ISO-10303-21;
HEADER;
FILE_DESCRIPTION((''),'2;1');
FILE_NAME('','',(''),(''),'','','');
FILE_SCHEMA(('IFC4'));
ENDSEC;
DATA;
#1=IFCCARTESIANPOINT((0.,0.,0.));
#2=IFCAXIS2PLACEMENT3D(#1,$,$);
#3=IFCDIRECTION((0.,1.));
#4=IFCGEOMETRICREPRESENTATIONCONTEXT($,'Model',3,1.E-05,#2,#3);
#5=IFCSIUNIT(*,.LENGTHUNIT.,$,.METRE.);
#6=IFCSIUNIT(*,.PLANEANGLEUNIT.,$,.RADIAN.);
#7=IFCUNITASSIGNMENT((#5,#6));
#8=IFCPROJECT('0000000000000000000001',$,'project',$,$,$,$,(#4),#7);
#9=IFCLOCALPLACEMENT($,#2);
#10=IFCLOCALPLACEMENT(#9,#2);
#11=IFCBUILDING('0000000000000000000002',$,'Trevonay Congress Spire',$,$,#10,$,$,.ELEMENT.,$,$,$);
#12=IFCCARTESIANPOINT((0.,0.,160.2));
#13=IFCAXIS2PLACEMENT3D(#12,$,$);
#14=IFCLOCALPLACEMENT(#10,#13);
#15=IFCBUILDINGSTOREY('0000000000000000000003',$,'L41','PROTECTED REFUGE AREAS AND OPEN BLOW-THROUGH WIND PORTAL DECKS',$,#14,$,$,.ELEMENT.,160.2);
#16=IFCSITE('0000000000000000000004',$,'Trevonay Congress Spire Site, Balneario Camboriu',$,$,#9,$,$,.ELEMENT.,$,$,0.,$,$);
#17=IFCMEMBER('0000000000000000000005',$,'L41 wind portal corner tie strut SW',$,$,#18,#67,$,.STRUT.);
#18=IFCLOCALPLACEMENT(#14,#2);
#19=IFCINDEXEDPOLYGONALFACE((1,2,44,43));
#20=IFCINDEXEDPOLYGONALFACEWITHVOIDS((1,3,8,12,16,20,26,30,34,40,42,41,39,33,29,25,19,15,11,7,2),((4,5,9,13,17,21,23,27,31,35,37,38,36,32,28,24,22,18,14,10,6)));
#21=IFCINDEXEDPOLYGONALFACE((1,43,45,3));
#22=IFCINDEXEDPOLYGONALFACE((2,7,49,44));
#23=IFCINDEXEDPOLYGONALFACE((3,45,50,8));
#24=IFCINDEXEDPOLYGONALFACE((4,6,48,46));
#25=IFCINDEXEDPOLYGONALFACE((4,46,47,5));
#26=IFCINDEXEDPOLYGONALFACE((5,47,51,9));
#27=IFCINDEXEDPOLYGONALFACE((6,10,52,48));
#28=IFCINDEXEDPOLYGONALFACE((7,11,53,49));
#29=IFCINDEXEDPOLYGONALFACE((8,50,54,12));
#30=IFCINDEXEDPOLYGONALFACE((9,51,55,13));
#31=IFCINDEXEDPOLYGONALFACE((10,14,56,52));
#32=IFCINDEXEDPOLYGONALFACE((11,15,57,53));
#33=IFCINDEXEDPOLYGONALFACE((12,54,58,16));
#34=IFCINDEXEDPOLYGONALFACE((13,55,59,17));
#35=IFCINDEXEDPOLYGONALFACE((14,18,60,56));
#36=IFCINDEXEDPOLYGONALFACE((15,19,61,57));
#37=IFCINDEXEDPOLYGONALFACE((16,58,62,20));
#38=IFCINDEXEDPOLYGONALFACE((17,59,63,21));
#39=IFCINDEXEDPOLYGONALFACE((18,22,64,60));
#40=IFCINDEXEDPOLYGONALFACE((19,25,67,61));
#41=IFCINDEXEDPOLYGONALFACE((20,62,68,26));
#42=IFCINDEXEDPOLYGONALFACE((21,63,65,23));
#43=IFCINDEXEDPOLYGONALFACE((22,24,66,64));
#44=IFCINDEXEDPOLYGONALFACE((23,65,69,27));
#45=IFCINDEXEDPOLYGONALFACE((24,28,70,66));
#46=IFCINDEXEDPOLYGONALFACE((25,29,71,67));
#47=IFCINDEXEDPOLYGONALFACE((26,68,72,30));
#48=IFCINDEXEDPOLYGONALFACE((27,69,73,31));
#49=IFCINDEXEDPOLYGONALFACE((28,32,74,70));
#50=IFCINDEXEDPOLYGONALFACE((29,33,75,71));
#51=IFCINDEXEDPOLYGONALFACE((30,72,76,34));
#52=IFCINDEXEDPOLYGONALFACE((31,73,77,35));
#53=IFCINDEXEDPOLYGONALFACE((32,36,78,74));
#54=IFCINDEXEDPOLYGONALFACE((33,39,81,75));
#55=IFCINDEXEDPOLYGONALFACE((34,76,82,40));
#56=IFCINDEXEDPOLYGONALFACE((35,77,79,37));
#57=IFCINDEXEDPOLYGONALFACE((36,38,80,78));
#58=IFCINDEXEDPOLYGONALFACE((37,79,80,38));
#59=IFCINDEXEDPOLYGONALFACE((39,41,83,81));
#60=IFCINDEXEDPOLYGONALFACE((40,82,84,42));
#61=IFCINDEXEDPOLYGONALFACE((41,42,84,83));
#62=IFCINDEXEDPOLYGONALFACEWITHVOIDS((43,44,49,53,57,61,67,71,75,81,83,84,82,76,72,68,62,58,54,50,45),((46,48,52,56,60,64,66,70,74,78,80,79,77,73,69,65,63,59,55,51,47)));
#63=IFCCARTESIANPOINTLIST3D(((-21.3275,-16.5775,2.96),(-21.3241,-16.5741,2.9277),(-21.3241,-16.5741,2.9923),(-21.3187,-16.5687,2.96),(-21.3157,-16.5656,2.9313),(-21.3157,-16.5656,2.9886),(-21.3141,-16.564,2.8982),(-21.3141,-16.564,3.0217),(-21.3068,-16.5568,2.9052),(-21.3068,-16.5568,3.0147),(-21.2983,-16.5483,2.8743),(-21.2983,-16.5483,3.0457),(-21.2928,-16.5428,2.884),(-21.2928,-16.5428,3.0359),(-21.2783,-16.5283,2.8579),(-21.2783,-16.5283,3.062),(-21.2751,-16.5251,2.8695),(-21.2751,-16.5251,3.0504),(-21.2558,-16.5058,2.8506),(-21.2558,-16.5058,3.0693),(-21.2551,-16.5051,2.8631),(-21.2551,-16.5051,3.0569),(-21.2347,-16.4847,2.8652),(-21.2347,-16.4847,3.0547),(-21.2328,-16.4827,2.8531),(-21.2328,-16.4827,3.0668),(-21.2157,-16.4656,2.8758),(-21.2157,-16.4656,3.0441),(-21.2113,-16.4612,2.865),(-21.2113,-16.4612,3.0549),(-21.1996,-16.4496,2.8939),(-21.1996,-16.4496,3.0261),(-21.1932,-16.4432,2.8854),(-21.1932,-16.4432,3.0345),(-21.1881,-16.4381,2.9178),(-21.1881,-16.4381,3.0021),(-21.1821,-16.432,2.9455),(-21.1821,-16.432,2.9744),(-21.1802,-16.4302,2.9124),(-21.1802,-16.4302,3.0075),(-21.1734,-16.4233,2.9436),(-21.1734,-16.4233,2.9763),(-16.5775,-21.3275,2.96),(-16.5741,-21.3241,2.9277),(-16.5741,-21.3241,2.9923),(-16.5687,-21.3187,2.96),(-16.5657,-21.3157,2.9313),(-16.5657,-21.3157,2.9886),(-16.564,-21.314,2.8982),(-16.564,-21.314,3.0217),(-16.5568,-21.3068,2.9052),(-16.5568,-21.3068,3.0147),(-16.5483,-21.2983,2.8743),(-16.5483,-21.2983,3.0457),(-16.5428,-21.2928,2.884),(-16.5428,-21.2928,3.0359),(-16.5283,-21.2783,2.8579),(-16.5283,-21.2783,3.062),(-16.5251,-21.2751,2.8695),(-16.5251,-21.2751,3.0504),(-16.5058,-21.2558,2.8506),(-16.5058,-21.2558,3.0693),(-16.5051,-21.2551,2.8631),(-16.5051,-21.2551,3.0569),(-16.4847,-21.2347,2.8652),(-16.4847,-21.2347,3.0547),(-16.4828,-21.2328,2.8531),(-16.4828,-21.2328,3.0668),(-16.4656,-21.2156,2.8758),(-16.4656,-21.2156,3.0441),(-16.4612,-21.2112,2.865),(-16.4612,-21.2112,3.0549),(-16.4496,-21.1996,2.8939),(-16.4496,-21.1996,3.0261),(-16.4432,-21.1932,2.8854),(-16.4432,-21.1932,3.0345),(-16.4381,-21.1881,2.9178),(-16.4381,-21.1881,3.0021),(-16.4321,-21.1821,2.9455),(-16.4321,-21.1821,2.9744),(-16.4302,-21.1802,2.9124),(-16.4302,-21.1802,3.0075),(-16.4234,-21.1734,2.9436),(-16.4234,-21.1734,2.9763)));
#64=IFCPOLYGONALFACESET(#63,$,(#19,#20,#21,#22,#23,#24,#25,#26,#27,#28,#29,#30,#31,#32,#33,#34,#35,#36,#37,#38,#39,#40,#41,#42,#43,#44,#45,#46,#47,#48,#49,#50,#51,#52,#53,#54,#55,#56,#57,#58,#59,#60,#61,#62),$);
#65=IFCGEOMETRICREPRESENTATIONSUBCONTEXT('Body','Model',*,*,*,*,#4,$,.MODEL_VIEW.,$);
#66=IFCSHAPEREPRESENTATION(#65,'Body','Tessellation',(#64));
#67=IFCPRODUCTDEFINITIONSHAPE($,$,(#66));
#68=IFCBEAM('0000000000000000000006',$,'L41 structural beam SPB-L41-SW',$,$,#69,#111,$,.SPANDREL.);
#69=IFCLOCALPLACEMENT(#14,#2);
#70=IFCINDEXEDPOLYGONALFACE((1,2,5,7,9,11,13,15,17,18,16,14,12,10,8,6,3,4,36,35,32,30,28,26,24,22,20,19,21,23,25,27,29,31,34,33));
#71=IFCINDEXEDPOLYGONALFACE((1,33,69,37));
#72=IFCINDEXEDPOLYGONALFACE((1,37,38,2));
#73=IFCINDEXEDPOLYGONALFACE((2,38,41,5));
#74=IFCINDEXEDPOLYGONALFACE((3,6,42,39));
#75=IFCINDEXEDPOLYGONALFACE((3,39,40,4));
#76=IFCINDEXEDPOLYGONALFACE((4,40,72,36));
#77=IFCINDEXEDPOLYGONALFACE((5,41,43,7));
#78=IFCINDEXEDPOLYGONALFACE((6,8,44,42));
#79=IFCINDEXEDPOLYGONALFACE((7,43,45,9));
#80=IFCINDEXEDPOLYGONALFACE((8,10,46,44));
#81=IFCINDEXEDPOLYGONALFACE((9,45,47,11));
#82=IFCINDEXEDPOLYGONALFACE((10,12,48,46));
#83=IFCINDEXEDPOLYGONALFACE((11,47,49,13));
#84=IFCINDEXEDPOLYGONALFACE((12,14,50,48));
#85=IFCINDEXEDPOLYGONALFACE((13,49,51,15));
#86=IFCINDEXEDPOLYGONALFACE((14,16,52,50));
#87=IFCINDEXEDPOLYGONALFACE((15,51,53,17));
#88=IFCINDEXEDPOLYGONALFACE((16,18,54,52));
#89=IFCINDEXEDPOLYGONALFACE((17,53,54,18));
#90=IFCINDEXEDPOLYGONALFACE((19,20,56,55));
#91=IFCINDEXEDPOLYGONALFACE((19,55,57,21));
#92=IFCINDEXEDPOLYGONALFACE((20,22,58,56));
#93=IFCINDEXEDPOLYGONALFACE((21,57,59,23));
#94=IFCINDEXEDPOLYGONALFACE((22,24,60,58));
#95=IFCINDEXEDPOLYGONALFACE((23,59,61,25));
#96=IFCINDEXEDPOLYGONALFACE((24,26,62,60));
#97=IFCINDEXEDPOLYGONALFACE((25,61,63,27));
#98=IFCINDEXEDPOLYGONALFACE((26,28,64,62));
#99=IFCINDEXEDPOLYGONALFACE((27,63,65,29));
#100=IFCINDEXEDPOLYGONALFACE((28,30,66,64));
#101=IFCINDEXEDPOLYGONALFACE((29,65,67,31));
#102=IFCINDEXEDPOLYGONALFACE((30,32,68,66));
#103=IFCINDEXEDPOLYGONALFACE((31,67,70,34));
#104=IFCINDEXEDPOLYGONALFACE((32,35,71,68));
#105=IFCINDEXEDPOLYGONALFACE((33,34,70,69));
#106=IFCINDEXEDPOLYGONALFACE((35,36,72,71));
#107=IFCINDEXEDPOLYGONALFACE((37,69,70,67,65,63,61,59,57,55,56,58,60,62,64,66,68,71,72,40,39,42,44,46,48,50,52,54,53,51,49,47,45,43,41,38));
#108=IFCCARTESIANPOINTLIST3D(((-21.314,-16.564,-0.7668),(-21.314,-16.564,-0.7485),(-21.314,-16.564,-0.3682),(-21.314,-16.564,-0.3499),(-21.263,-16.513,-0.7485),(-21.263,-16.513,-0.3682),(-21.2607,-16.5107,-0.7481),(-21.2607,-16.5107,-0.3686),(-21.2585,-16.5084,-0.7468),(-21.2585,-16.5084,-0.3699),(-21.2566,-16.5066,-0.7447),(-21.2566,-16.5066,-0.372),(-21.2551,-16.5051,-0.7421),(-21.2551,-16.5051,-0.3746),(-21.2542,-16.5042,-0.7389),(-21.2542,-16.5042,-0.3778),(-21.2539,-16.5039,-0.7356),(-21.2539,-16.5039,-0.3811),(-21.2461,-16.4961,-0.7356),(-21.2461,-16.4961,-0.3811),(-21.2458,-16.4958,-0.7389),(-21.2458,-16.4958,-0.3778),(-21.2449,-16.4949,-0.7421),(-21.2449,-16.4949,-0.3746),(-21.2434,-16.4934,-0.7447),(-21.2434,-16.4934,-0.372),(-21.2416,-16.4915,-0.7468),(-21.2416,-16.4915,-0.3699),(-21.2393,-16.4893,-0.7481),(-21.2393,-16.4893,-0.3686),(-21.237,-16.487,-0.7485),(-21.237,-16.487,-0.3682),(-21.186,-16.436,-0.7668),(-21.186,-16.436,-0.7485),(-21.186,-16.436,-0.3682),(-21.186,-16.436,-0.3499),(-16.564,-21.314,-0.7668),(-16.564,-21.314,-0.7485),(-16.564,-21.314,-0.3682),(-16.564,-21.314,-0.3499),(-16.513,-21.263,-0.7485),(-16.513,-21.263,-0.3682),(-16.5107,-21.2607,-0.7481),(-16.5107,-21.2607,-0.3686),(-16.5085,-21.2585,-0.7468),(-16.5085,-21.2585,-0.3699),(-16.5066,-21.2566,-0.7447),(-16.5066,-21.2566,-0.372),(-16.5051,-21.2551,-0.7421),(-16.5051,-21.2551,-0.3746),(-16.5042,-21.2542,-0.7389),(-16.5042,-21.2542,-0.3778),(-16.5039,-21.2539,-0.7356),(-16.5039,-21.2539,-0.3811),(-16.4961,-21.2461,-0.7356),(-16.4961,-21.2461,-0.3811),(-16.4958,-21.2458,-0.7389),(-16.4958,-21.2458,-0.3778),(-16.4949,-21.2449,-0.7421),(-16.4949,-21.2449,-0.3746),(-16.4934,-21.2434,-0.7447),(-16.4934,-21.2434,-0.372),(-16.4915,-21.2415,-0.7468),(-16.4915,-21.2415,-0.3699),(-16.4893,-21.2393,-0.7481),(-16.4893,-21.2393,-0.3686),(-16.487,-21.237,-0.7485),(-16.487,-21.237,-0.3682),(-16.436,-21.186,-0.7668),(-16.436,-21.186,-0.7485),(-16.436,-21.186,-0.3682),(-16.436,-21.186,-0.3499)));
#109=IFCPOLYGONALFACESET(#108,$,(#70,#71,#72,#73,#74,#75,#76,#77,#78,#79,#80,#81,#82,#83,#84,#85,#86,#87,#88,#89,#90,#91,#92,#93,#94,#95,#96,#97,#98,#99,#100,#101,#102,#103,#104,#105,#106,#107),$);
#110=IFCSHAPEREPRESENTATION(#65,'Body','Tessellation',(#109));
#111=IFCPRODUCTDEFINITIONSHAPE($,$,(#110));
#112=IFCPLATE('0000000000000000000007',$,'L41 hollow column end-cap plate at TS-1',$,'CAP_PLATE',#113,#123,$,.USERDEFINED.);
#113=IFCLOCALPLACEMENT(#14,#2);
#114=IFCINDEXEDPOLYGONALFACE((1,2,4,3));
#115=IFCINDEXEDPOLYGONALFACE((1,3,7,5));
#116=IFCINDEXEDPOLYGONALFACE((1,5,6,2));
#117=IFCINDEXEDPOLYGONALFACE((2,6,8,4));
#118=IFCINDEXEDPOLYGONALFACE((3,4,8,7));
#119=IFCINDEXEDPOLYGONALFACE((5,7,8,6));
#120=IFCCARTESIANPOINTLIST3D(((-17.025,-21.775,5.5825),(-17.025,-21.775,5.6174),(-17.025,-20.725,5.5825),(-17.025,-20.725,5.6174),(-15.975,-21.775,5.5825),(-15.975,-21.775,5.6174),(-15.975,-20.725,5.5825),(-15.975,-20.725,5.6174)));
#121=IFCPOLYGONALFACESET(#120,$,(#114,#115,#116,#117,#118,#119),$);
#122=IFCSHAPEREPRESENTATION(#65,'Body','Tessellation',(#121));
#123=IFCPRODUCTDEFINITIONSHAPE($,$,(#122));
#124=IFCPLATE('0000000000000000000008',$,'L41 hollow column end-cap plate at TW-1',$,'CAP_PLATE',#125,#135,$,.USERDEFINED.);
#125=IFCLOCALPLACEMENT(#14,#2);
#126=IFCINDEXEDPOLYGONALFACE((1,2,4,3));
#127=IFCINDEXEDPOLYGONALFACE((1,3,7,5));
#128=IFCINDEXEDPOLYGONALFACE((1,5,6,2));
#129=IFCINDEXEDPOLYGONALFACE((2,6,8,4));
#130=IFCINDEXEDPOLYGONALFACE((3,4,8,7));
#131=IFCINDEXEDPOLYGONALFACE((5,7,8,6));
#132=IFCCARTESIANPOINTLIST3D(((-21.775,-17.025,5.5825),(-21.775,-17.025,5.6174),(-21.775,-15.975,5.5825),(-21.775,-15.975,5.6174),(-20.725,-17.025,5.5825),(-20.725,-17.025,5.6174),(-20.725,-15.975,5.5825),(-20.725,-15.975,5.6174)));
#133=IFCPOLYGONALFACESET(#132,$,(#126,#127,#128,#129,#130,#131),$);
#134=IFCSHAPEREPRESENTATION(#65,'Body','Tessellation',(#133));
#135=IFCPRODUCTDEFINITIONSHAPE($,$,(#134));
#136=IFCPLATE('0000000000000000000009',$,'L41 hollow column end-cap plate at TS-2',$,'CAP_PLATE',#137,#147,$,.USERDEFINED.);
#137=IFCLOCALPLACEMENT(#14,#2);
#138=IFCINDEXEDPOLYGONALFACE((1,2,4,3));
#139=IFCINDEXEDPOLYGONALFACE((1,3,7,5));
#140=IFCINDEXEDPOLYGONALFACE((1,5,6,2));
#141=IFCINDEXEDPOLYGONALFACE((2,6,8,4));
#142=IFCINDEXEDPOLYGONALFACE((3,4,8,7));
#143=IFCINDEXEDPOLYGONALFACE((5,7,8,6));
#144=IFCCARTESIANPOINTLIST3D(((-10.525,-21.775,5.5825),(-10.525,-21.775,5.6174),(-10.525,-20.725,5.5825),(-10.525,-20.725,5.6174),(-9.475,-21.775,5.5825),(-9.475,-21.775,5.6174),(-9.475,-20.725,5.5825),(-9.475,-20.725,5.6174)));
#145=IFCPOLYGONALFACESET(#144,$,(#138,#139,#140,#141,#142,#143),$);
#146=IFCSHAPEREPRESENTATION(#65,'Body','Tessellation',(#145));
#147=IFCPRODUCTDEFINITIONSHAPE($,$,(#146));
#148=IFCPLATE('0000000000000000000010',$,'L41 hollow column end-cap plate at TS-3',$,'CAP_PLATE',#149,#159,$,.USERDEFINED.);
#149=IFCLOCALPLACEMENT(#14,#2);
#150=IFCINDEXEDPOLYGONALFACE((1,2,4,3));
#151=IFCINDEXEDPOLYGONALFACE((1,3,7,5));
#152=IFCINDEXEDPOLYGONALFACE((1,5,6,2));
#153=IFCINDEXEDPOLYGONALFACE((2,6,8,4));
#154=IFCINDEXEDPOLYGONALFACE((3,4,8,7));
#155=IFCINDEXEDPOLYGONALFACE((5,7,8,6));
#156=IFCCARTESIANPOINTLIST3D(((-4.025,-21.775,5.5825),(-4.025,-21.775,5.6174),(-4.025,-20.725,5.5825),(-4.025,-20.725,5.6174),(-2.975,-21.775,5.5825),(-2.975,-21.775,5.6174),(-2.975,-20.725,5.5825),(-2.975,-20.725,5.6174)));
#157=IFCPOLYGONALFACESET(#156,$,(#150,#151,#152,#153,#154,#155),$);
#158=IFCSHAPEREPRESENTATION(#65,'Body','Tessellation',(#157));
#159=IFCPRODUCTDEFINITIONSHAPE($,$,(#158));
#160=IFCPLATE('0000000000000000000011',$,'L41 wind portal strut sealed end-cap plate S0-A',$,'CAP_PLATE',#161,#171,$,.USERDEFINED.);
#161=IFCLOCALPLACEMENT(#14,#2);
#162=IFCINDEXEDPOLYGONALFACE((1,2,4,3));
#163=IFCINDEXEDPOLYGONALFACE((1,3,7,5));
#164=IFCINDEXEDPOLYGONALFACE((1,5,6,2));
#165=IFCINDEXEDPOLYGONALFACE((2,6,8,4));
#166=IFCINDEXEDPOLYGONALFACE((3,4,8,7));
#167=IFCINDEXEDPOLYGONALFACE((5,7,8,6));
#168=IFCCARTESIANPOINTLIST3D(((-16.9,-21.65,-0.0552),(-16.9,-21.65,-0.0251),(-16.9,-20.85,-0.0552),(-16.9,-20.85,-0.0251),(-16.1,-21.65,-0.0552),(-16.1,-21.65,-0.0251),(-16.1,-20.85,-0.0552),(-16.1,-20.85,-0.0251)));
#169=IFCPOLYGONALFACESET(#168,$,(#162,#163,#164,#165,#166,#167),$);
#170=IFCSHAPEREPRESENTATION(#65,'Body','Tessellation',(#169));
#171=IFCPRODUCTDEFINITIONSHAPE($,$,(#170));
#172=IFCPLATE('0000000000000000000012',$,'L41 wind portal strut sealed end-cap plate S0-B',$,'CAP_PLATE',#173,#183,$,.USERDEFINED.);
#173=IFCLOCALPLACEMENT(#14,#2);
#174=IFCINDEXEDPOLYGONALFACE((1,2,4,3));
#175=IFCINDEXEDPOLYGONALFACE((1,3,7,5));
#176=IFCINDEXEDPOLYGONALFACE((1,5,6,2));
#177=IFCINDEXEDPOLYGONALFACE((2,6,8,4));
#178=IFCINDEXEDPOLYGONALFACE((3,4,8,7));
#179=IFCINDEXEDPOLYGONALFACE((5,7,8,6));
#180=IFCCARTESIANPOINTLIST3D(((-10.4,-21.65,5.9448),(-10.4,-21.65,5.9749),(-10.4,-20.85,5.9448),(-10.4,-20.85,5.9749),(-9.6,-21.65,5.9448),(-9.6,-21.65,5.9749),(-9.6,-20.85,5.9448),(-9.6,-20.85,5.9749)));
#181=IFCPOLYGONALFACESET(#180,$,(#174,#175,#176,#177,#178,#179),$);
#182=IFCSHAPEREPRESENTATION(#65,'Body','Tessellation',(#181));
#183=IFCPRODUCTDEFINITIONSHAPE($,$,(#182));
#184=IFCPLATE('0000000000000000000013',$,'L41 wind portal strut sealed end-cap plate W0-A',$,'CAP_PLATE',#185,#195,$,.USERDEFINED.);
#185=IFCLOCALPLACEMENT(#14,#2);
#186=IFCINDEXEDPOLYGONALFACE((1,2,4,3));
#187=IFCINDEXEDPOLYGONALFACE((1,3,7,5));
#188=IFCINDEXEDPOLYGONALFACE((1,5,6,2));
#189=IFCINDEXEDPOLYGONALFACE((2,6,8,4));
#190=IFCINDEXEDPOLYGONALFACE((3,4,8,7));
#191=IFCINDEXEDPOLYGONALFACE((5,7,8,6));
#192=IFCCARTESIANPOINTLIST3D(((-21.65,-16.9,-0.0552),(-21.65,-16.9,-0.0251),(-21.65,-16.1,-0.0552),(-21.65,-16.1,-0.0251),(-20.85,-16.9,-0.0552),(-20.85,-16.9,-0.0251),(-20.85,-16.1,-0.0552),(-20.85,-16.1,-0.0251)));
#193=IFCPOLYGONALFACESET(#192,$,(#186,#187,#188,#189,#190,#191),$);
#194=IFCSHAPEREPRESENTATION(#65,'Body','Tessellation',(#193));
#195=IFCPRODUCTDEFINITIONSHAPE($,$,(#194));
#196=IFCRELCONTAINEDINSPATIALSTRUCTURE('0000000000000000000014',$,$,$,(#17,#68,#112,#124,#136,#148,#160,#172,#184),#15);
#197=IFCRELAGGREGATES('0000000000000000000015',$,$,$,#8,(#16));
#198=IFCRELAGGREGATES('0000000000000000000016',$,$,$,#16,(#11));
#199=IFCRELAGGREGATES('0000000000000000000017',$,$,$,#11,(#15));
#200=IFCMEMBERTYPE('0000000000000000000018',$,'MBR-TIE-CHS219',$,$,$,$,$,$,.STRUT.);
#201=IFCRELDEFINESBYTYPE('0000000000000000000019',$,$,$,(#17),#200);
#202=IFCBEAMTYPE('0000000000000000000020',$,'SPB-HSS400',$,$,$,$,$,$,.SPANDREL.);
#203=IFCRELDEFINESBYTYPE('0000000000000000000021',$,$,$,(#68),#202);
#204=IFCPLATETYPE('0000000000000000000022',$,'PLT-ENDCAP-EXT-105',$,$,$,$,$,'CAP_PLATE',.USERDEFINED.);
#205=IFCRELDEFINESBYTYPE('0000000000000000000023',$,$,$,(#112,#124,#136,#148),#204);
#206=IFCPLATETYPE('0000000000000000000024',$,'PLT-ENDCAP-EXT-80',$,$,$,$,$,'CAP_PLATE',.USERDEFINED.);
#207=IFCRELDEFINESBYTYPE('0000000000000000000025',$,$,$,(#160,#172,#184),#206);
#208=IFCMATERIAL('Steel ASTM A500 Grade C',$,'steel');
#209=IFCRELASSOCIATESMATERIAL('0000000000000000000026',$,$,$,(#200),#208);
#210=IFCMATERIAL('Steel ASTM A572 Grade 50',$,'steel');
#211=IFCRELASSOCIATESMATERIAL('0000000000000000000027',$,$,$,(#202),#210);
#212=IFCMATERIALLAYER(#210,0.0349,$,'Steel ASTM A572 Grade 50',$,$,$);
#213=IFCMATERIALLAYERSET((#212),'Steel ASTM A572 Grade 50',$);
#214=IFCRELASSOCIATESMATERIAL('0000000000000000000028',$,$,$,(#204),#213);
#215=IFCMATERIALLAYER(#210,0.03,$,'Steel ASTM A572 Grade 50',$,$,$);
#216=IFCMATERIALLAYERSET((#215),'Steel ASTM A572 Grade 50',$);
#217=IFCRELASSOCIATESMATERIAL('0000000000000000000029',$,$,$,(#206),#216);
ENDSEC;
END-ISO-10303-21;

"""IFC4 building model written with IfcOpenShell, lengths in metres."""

from ifc_helpers import new_model, si_unit, direction, frame, origin, origin_2d, place, context, subcontext, project, spatial, rectangle, hollow_circle, i_section, extrude, material, layer, layer_set, material_profile, profile_set, type_object, element, save


model = new_model("IFC4")

# Units and contexts
model_context = context("Model", 3, precision=1e-05, world=origin(), true_north=direction((0.0, 1.0)))
body_context = subcontext(model_context, "Body", "Model", "MODEL_VIEW")
ifc_project = project(units=[si_unit("LENGTHUNIT", "METRE"), si_unit("PLANEANGLEUNIT", "RADIAN")], contexts=[model_context])

# Site, building, storey
site_placement = place(None, origin())
site = spatial("IfcSite", under=ifc_project, at=site_placement, Name="Trevonay Congress Spire Site, Balneario Camboriu", CompositionType="ELEMENT", RefElevation=0.0)
building_placement = place(site_placement, origin())
building = spatial("IfcBuilding", under=site, at=building_placement, Name="Trevonay Congress Spire", CompositionType="ELEMENT")
storey_placement = place(building_placement, frame((0.0, 0.0, 160.2)))
storey = spatial("IfcBuildingStorey", under=building, at=storey_placement, Name="L41", Description="PROTECTED REFUGE AREAS AND OPEN BLOW-THROUGH WIND PORTAL DECKS", CompositionType="ELEMENT", Elevation=160.2)

# Shared definitions
ifc_material_1 = material(Name="Steel ASTM A572 Grade 50", Category="steel")

# Member
ifc_material_2 = material(Name="Steel ASTM A500 Grade C", Category="steel")
ifc_material_profile_1 = material_profile(ifc_material_2, hollow_circle(Radius=0.1096, WallThickness=0.0125, at=origin_2d()), Name="CHS 219.1x12.5")
ifc_profile_set_1 = profile_set([ifc_material_profile_1], Name="Steel ASTM A500 Grade C")
member_type_1 = type_object("IfcMemberType", Name="MBR-TIE-CHS219", PredefinedType="STRUT", material=ifc_profile_set_1)
member_placement = place(storey_placement, frame((-16.5, -21.25, 2.96), z_axis=(-0.707107, 0.707107, 0.0), x_axis=(-0.707107, -0.707107, 0.0)))
element("IfcMember", 1, at=member_placement, inside=storey, type_object=member_type_1, Name="L41 wind portal corner tie strut SW", PredefinedType="STRUT", context=body_context, shape_type="SweptSolid", body=[
    extrude(hollow_circle(Radius=0.1096, WallThickness=0.0125, at=origin_2d()), origin(), (0.0, 0.0, 1.0), 6.7175),
])

# Beam
ifc_material_profile_2 = material_profile(ifc_material_1, i_section(OverallWidth=0.1809, OverallDepth=0.417, WebThickness=0.011, FlangeThickness=0.0183, FilletRadius=0.0129, at=origin_2d()), Name="W410x85")
ifc_profile_set_2 = profile_set([ifc_material_profile_2], Name="Steel ASTM A572 Grade 50")
beam_type_1 = type_object("IfcBeamType", Name="SPB-HSS400", PredefinedType="SPANDREL", material=ifc_profile_set_2)
beam_1_placement = place(storey_placement, frame((-16.5, -21.25, -0.5583), z_axis=(-0.707107, 0.707107, 0.0), x_axis=(-0.707107, -0.707107, 0.0)))
element("IfcBeam", 2, at=beam_1_placement, inside=storey, type_object=beam_type_1, Name="L41 structural beam SPB-L41-SW", PredefinedType="SPANDREL", context=body_context, shape_type="SweptSolid", body=[
    extrude(i_section(OverallWidth=0.1809, OverallDepth=0.417, WebThickness=0.011, FlangeThickness=0.0183, FilletRadius=0.0129, at=origin_2d()), origin(), (0.0, 0.0, 1.0), 6.7175),
])

# Plates
ifc_layer_1 = layer(ifc_material_1, 0.0349, Name="Steel ASTM A572 Grade 50")
ifc_layer_set_1 = layer_set([ifc_layer_1], Name="Steel ASTM A572 Grade 50")
plate_type_1 = type_object("IfcPlateType", Name="PLT-ENDCAP-EXT-105", ElementType="CAP_PLATE", PredefinedType="USERDEFINED", material=ifc_layer_set_1)
for number, where, z_axis, x_axis, name in (
    (3, (-16.5, -21.25, 5.5825), (0.0, 0.0, 1.0), (1.0, 0.0, 0.0), "L41 hollow column end-cap plate at TS-1"),
    (4, (-21.25, -16.5, 5.5825), (0.0, 0.0, 1.0), (1.0, 0.0, 0.0), "L41 hollow column end-cap plate at TW-1"),
    (5, (-10.0, -21.25, 5.5825), (0.0, 0.0, 1.0), (1.0, 0.0, 0.0), "L41 hollow column end-cap plate at TS-2"),
    (6, (-3.5, -21.25, 5.5825), (0.0, 0.0, 1.0), (1.0, 0.0, 0.0), "L41 hollow column end-cap plate at TS-3"),
):
    element("IfcPlate", number, at=place(storey_placement, frame(where, z_axis=z_axis, x_axis=x_axis)), inside=storey, type_object=plate_type_1, Name=name, ObjectType="CAP_PLATE", PredefinedType="USERDEFINED", context=body_context, shape_type="SweptSolid", body=[
        extrude(rectangle(XDim=1.05, YDim=1.05, at=origin_2d()), origin(), (0.0, 0.0, 1.0), 0.0349),
    ])
ifc_layer_2 = layer(ifc_material_1, 0.03, Name="Steel ASTM A572 Grade 50")
ifc_layer_set_2 = layer_set([ifc_layer_2], Name="Steel ASTM A572 Grade 50")
plate_type_2 = type_object("IfcPlateType", Name="PLT-ENDCAP-EXT-80", ElementType="CAP_PLATE", PredefinedType="USERDEFINED", material=ifc_layer_set_2)
for number, where, z_axis, x_axis, name in (
    (7, (-16.5, -21.25, -0.0552), (0.0, 0.0, 1.0), (1.0, 0.0, 0.0), "L41 wind portal strut sealed end-cap plate S0-A"),
    (8, (-10.0, -21.25, 5.9448), (0.0, 0.0, 1.0), (1.0, 0.0, 0.0), "L41 wind portal strut sealed end-cap plate S0-B"),
    (9, (-21.25, -16.5, -0.0552), (0.0, 0.0, 1.0), (1.0, 0.0, 0.0), "L41 wind portal strut sealed end-cap plate W0-A"),
):
    element("IfcPlate", number, at=place(storey_placement, frame(where, z_axis=z_axis, x_axis=x_axis)), inside=storey, type_object=plate_type_2, Name=name, ObjectType="CAP_PLATE", PredefinedType="USERDEFINED", context=body_context, shape_type="SweptSolid", body=[
        extrude(rectangle(XDim=0.8, YDim=0.8, at=origin_2d()), origin(), (0.0, 0.0, 1.0), 0.03),
    ])

save(model, "model.ifc")
